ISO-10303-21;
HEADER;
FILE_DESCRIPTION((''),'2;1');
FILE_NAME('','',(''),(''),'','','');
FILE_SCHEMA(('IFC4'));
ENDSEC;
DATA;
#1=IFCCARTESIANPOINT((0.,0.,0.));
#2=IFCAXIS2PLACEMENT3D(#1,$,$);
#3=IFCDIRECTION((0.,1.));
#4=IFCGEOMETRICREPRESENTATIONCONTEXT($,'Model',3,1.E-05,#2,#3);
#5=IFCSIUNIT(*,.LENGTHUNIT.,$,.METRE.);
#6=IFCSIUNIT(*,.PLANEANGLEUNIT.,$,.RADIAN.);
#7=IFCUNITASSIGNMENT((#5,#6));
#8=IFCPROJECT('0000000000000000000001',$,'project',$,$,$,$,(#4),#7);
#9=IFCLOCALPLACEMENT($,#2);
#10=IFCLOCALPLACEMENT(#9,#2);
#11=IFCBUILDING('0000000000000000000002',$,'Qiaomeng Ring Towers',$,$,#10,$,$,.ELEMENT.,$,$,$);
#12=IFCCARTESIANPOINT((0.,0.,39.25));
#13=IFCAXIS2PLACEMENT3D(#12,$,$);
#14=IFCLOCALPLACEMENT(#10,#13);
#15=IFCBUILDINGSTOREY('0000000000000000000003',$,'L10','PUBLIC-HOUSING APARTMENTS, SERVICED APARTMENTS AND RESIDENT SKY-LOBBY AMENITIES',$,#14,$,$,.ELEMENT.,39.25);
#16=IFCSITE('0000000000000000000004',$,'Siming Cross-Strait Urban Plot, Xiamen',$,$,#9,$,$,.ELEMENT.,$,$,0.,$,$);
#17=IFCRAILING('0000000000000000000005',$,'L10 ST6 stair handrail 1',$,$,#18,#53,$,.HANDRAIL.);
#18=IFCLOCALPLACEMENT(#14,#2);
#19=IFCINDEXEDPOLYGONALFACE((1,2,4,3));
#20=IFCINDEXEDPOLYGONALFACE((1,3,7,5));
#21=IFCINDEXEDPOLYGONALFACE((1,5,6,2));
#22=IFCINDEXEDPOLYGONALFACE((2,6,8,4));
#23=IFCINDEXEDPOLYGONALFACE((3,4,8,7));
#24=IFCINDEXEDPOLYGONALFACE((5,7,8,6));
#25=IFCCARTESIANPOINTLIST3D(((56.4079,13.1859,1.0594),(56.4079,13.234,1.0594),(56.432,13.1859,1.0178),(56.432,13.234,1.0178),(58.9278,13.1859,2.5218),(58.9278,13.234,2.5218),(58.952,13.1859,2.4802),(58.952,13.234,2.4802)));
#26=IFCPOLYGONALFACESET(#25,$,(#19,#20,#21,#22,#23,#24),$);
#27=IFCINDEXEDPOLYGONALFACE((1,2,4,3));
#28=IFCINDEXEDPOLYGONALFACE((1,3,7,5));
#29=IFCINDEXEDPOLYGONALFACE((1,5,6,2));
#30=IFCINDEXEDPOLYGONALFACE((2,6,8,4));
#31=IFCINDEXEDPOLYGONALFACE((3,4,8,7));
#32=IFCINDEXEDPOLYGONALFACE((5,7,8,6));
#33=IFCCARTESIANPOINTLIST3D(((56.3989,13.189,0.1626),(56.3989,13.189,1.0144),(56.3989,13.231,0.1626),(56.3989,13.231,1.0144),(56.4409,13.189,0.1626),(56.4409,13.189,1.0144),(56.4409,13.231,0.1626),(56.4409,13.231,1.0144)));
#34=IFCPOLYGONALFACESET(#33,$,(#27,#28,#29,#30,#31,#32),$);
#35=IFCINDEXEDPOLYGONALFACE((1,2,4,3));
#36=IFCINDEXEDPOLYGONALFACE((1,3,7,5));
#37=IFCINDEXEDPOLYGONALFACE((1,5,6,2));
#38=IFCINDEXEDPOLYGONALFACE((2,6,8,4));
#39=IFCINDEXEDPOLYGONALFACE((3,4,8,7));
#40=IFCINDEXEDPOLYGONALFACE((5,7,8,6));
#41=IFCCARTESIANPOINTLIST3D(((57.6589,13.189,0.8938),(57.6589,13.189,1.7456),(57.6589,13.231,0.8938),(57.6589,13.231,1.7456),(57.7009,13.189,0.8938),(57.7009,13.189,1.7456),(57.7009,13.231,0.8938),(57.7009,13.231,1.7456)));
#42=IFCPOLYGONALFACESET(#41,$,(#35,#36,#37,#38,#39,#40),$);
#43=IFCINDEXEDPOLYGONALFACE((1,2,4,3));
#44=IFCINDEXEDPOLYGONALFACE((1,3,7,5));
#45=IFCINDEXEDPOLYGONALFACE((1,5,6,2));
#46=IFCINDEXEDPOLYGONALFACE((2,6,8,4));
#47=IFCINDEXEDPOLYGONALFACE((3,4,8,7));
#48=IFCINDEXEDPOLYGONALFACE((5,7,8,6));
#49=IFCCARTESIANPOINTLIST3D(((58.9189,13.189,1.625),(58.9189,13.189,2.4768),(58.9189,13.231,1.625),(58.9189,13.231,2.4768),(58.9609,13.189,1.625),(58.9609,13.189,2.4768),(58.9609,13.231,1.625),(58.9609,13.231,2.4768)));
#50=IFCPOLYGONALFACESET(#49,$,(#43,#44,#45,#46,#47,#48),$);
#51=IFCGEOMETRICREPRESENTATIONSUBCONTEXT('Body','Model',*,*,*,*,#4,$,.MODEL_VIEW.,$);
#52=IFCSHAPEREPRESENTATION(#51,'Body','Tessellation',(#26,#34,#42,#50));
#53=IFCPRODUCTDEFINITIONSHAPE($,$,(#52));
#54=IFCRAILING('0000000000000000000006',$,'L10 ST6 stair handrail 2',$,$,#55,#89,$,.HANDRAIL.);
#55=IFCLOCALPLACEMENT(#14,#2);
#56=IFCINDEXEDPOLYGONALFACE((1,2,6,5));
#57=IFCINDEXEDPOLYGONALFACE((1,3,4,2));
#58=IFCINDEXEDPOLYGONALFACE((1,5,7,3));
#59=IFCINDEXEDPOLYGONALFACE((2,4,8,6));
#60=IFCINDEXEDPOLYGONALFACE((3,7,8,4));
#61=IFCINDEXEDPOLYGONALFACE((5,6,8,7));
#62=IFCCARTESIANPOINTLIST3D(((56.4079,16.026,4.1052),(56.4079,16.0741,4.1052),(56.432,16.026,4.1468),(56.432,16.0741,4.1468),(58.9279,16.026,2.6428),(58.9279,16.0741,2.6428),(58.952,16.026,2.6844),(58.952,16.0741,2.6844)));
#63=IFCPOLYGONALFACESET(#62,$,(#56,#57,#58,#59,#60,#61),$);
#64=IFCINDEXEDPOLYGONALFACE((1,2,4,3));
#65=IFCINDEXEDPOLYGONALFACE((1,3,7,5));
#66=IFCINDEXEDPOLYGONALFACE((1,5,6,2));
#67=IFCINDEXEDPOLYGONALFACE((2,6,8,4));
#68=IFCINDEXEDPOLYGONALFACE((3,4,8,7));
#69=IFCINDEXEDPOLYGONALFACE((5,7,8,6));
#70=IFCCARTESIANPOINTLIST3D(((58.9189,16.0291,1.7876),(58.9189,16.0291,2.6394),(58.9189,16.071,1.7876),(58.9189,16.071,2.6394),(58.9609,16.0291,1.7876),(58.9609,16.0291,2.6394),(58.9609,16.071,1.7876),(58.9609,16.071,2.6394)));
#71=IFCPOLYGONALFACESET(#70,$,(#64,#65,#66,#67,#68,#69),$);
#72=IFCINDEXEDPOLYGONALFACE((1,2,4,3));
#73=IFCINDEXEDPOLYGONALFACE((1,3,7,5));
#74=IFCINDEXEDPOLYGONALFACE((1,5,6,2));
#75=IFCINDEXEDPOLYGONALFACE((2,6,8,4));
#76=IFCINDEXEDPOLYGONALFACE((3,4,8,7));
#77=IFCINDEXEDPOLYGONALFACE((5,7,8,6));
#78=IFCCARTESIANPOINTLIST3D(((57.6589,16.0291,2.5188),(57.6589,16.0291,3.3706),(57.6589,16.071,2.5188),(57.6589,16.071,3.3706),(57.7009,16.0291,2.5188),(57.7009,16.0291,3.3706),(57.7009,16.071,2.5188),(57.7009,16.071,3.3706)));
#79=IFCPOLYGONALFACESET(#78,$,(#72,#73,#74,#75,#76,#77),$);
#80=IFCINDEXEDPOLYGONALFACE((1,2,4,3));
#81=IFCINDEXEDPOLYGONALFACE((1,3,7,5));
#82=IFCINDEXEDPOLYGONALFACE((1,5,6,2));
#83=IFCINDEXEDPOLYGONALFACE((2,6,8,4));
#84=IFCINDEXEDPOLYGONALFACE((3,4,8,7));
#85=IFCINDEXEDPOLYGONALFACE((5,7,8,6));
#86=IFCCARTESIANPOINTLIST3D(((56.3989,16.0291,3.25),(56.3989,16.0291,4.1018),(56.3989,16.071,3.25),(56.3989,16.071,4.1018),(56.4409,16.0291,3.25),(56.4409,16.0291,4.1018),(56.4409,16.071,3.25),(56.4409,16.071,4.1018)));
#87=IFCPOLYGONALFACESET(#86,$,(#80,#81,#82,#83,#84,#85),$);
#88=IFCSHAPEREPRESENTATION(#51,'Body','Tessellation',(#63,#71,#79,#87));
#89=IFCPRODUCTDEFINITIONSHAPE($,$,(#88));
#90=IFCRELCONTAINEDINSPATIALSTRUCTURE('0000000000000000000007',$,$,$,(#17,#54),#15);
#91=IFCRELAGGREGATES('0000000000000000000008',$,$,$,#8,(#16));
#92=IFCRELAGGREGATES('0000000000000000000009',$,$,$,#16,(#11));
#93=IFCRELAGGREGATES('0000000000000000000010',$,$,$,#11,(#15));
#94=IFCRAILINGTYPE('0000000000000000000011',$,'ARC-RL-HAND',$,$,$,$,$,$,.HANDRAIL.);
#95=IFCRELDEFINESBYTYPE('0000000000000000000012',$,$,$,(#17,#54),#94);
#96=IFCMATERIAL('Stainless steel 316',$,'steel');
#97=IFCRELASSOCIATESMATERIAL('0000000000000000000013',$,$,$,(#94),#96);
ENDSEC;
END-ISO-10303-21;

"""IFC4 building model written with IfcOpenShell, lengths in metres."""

from ifc_helpers import new_model, si_unit, direction, frame, origin, origin_2d, place, context, subcontext, project, spatial, rectangle, extrude, material, type_object, element, save


model = new_model("IFC4")

# Units and contexts
model_context = context("Model", 3, precision=1e-05, world=origin(), true_north=direction((0.0, 1.0)))
body_context = subcontext(model_context, "Body", "Model", "MODEL_VIEW")
ifc_project = project(units=[si_unit("LENGTHUNIT", "METRE"), si_unit("PLANEANGLEUNIT", "RADIAN")], contexts=[model_context])

# Site, building, storey
site_placement = place(None, origin())
site = spatial("IfcSite", under=ifc_project, at=site_placement, Name="Siming Cross-Strait Urban Plot, Xiamen", CompositionType="ELEMENT", RefElevation=0.0)
building_placement = place(site_placement, origin())
building = spatial("IfcBuilding", under=site, at=building_placement, Name="Qiaomeng Ring Towers", CompositionType="ELEMENT")
storey_placement = place(building_placement, frame((0.0, 0.0, 39.25)))
storey = spatial("IfcBuildingStorey", under=building, at=storey_placement, Name="L10", Description="PUBLIC-HOUSING APARTMENTS, SERVICED APARTMENTS AND RESIDENT SKY-LOBBY AMENITIES", CompositionType="ELEMENT", Elevation=39.25)

# Shared definitions
ifc_material_1 = material(Name="Stainless steel 316", Category="steel")

# Railings
railing_type_1 = type_object("IfcRailingType", Name="ARC-RL-HAND", PredefinedType="HANDRAIL", material=ifc_material_1)
railing_1_placement = place(storey_placement, frame((56.4199, 13.21, 0.1626)))
element("IfcRailing", 1, at=railing_1_placement, inside=storey, type_object=railing_type_1, Name="L10 ST6 stair handrail 1", PredefinedType="HANDRAIL", context=body_context, shape_type="SweptSolid", body=[
    extrude(rectangle(XDim=0.0481, YDim=0.0481, at=origin_2d()), frame((0.0, 0.0, 0.876), z_axis=(0.864913, 0.0, 0.501921), x_axis=(0.0, 1.0, 0.0)), (0.0, 0.0, 1.0), 2.9136),
    extrude(rectangle(XDim=0.042, YDim=0.042, at=origin_2d()), origin(), (0.0, 0.0, 1.0), 0.8518),
    extrude(rectangle(XDim=0.042, YDim=0.042, at=origin_2d()), frame((1.26, 0.0, 0.7312)), (0.0, 0.0, 1.0), 0.8518),
    extrude(rectangle(XDim=0.042, YDim=0.042, at=origin_2d()), frame((2.52, 0.0, 1.4624)), (0.0, 0.0, 1.0), 0.8518),
])
railing_2_placement = place(storey_placement, frame((58.9399, 16.05, 1.7876)))
element("IfcRailing", 2, at=railing_2_placement, inside=storey, type_object=railing_type_1, Name="L10 ST6 stair handrail 2", PredefinedType="HANDRAIL", context=body_context, shape_type="SweptSolid", body=[
    extrude(rectangle(XDim=0.0481, YDim=0.0481, at=origin_2d()), frame((0.0, 0.0, 0.876), z_axis=(-0.864913, 0.0, 0.501921), x_axis=(0.0, -1.0, 0.0)), (0.0, 0.0, 1.0), 2.9136),
    extrude(rectangle(XDim=0.042, YDim=0.042, at=origin_2d()), origin(), (0.0, 0.0, 1.0), 0.8518),
    extrude(rectangle(XDim=0.042, YDim=0.042, at=origin_2d()), frame((-1.26, 0.0, 0.7312)), (0.0, 0.0, 1.0), 0.8518),
    extrude(rectangle(XDim=0.042, YDim=0.042, at=origin_2d()), frame((-2.52, 0.0, 1.4624)), (0.0, 0.0, 1.0), 0.8518),
])

save(model, "model.ifc")
